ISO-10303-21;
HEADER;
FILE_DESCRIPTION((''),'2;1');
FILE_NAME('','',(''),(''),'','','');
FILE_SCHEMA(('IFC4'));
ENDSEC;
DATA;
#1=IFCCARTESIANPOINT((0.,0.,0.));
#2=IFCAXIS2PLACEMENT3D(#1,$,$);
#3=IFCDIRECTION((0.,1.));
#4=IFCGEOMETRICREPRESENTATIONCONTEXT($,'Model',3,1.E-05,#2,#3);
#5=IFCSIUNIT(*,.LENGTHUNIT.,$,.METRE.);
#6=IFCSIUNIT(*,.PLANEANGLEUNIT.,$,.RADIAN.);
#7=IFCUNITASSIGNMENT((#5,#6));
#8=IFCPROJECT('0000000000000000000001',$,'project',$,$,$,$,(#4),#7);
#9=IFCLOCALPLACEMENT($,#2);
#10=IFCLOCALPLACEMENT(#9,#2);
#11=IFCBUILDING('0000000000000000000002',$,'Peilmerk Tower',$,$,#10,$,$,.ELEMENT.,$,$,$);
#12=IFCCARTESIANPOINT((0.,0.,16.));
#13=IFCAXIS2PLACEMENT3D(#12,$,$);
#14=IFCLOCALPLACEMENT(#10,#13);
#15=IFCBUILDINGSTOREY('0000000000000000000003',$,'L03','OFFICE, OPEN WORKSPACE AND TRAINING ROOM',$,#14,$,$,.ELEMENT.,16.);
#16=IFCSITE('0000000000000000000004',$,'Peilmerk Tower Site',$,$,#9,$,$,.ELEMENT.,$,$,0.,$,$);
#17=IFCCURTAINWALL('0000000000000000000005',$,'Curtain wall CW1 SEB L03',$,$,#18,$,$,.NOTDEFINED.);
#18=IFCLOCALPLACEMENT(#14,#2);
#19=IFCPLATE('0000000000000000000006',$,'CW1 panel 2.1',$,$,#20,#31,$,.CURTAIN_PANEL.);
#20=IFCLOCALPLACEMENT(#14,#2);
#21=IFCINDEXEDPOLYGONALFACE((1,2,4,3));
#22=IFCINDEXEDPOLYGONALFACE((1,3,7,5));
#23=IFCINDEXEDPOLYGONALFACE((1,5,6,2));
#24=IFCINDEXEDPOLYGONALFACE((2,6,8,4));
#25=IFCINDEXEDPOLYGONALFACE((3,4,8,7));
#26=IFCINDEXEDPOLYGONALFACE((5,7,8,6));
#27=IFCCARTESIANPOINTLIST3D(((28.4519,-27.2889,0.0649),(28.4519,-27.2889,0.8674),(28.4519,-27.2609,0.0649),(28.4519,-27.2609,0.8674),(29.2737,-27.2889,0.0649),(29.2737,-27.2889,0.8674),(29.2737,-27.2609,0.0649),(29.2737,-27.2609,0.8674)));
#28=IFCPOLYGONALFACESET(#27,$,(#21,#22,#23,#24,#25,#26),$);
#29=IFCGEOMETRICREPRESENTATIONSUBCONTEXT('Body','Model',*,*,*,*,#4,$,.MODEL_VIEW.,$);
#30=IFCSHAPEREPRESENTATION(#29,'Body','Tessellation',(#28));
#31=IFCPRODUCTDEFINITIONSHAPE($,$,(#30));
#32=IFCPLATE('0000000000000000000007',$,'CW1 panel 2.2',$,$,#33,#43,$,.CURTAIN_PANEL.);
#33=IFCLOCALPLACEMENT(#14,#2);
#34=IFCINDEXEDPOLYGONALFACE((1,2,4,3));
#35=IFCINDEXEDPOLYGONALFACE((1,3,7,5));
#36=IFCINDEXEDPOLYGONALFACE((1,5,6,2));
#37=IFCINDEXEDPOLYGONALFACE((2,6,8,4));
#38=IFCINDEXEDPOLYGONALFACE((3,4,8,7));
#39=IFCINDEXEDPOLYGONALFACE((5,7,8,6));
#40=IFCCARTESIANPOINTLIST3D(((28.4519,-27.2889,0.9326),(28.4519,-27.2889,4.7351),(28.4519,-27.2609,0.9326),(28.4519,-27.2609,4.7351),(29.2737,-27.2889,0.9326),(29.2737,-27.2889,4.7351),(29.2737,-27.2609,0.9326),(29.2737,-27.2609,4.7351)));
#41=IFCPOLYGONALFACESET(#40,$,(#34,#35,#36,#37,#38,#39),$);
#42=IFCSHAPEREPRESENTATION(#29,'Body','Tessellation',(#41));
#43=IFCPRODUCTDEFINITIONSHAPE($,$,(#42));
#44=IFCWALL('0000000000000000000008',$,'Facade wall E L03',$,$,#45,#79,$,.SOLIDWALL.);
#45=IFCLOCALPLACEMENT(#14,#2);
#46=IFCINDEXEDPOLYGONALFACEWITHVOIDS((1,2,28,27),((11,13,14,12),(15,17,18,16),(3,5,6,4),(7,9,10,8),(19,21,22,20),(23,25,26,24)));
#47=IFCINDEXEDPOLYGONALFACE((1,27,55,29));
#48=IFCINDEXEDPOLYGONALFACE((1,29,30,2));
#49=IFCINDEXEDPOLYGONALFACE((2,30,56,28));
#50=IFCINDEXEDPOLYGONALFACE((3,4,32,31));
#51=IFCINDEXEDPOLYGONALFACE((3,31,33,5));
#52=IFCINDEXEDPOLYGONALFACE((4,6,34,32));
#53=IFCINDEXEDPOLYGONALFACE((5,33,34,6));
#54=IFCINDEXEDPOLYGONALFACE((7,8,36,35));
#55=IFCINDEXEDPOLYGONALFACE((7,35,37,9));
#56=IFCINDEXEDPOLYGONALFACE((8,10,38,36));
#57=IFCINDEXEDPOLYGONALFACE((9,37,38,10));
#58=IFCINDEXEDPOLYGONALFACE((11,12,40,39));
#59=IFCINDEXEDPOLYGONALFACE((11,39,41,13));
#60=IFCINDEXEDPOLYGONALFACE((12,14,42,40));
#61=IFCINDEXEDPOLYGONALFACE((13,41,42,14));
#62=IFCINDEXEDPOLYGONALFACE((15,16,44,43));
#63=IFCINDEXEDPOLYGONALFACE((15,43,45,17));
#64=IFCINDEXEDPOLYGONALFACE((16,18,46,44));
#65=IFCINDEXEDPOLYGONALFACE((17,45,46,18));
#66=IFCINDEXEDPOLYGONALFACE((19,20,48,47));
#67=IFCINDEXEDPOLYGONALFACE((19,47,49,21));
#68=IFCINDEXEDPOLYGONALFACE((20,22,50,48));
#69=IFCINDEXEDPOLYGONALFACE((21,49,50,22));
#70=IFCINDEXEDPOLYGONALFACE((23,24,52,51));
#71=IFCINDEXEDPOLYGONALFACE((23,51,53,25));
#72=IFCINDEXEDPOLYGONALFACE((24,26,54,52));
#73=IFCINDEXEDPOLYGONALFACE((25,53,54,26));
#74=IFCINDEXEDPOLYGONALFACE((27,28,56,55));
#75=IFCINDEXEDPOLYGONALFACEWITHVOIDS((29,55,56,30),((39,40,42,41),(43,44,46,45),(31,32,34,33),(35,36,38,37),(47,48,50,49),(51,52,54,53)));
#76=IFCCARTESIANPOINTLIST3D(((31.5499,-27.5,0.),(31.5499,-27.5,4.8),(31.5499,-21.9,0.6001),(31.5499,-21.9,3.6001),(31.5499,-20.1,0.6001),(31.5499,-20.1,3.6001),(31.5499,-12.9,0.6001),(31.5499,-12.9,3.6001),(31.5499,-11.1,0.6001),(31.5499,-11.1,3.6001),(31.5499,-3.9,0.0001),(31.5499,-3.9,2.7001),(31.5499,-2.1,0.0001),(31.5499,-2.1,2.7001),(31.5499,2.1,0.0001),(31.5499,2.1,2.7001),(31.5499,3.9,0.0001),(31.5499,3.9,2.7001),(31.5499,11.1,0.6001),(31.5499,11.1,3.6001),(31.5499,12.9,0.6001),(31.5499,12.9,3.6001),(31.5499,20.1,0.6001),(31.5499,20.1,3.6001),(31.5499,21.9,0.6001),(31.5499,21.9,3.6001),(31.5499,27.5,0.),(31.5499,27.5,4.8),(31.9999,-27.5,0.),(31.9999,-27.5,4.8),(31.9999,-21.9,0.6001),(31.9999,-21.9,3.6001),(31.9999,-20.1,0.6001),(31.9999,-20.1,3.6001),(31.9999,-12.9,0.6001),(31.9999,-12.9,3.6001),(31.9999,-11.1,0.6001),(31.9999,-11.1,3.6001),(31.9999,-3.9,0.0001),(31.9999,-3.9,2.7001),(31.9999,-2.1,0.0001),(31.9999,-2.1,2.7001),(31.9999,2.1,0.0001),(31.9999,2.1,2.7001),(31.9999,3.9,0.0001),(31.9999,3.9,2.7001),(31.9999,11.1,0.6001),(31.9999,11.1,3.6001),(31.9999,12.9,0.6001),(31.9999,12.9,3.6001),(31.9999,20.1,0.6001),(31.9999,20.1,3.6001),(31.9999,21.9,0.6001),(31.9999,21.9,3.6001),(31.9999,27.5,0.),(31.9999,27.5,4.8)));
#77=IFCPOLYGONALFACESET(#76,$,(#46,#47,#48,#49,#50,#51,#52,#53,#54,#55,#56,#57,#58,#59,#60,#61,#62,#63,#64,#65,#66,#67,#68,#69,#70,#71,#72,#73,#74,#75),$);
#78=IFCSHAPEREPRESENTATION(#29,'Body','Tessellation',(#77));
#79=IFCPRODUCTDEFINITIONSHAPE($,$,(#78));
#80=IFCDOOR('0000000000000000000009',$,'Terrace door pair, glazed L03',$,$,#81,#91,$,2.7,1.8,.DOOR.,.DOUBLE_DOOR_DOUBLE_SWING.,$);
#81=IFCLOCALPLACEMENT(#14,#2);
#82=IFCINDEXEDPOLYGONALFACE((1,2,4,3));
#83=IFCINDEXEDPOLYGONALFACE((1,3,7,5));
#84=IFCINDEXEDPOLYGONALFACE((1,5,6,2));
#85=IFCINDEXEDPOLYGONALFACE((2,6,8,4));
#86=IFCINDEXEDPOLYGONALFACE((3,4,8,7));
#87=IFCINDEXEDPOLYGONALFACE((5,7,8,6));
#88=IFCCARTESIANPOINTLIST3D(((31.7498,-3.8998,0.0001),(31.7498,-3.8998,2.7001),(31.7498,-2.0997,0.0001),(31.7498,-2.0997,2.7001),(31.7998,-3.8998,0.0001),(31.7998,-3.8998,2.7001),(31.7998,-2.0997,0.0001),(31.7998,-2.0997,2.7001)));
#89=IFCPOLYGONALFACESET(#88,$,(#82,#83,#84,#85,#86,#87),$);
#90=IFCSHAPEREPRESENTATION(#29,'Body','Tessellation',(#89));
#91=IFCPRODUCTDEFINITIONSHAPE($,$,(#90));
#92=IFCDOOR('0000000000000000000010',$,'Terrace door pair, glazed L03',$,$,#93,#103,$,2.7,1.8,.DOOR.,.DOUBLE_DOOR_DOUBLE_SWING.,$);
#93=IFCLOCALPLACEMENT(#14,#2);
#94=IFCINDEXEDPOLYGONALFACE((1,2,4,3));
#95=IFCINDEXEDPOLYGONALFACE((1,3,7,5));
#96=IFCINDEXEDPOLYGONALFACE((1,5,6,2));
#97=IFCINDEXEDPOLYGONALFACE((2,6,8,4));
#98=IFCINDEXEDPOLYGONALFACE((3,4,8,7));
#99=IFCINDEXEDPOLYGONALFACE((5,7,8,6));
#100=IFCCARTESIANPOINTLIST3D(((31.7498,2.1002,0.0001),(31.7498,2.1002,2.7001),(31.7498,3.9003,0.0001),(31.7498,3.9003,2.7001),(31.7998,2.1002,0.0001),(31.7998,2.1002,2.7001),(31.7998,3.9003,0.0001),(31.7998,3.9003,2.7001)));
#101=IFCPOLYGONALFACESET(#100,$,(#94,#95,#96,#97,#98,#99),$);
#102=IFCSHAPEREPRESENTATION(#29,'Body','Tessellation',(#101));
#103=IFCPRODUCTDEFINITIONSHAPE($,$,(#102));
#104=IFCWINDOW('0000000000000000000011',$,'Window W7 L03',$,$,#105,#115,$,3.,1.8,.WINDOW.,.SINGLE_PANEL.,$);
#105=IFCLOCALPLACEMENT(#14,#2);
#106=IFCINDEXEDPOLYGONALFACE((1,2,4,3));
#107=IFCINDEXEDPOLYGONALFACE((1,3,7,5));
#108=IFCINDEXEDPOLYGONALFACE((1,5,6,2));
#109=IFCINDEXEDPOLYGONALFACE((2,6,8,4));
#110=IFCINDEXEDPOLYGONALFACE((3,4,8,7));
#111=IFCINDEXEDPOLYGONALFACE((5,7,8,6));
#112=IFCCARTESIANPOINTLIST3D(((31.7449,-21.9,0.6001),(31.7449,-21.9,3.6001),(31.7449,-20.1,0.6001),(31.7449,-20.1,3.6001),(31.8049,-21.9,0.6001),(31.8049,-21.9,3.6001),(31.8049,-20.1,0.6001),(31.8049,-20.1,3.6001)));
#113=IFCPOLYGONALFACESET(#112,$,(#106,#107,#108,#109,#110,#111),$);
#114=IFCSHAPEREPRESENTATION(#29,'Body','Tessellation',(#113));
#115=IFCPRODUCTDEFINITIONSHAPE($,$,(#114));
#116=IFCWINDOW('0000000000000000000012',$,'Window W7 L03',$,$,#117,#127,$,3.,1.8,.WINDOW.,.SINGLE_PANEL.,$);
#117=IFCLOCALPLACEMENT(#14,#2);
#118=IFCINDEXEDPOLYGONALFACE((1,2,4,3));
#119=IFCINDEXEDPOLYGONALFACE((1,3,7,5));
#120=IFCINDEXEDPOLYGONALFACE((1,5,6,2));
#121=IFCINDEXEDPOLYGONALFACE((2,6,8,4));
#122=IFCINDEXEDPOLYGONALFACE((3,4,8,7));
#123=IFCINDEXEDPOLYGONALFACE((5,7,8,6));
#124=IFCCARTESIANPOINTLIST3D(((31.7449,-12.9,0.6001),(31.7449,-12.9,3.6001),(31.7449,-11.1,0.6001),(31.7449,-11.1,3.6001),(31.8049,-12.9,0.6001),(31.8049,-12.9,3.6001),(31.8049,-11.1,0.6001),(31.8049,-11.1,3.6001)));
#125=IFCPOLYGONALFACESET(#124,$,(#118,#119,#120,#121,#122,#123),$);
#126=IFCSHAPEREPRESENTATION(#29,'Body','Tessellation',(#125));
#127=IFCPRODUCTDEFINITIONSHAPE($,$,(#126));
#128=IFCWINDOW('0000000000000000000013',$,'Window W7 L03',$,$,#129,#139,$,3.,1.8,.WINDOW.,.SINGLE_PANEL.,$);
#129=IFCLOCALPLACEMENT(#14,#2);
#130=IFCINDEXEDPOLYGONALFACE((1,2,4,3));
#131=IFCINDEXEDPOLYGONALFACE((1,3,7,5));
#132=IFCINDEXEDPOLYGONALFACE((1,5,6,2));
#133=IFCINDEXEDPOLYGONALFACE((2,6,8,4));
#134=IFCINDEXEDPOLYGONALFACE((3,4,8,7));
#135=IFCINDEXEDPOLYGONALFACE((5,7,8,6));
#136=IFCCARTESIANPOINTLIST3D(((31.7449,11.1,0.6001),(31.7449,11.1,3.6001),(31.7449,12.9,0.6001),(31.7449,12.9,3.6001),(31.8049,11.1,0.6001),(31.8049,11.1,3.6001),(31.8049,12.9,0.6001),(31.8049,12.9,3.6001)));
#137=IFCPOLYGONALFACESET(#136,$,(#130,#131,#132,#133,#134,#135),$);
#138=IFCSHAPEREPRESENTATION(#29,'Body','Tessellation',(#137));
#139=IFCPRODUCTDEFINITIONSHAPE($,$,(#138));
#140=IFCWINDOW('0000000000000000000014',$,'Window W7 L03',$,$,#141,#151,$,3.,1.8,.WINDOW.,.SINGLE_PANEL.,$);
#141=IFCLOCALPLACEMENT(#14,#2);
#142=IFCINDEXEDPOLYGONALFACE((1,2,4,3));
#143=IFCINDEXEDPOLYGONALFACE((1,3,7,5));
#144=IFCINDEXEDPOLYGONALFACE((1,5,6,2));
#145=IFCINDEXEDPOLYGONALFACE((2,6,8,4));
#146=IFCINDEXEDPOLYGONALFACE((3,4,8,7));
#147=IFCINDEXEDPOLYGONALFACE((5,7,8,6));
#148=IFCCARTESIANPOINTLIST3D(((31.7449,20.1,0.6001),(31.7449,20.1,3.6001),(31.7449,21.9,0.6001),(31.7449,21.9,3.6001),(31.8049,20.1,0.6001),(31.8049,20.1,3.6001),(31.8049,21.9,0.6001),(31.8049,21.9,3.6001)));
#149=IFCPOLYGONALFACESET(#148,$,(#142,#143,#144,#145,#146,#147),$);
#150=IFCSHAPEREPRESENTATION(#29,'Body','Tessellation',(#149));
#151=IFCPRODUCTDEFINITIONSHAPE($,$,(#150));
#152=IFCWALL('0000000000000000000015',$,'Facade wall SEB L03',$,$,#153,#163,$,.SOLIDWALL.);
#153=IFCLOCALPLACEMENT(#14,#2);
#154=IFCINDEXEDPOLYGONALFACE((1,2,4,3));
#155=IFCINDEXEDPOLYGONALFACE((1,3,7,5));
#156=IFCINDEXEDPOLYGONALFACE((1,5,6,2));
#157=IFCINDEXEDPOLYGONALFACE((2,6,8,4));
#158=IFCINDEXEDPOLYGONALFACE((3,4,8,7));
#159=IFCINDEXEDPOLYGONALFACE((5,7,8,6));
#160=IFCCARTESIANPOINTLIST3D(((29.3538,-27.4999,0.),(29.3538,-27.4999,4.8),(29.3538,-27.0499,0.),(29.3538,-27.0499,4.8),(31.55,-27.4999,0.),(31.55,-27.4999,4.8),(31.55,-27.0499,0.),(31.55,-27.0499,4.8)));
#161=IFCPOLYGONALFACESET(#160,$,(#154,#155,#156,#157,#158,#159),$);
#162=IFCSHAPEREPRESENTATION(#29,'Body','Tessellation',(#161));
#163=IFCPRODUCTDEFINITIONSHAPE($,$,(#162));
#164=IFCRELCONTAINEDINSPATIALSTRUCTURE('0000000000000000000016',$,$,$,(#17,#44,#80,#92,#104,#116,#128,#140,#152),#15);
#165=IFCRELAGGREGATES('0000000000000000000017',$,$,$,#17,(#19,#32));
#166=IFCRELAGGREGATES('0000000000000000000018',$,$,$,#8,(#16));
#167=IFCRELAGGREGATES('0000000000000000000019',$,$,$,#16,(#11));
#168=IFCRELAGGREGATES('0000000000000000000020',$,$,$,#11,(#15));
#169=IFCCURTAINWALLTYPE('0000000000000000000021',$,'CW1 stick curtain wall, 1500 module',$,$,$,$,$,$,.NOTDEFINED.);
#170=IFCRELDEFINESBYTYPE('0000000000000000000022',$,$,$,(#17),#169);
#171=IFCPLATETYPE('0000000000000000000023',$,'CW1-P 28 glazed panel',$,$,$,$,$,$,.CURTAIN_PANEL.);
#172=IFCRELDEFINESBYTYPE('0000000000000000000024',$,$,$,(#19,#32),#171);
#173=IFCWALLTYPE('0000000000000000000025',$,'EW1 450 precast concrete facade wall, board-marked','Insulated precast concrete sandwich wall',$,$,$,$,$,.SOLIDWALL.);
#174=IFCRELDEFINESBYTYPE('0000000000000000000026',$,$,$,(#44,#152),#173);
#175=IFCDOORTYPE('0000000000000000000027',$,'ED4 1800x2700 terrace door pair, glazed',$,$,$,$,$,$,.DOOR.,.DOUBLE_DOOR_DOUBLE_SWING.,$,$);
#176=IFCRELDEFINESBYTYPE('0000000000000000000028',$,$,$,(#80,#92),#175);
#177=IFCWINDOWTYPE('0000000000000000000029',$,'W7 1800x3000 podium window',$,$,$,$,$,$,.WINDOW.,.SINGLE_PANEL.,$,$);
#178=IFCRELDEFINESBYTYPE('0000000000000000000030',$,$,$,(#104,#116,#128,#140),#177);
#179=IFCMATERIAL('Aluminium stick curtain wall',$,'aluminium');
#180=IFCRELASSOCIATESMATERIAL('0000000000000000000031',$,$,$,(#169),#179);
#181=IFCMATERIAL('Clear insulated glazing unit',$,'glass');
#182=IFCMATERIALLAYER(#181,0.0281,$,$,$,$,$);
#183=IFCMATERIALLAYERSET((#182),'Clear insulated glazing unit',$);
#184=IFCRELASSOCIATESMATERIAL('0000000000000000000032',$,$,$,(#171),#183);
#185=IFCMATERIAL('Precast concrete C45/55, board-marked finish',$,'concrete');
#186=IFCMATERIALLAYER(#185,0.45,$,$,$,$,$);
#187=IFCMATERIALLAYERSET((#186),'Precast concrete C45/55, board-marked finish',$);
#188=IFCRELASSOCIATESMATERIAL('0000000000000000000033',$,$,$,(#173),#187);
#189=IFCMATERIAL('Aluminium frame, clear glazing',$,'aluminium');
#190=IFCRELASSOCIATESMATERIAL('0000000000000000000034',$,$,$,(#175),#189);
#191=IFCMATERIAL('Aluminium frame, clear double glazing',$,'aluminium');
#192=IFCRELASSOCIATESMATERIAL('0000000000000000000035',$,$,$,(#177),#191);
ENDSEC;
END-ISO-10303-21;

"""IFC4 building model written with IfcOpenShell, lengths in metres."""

from ifc_helpers import new_model, si_unit, direction, frame, frame_2d, origin, origin_2d, place, context, subcontext, project, spatial, rectangle, extrude, material, layer, layer_set, type_object, element, fill, aggregate, save


model = new_model("IFC4")

# Units and contexts
model_context = context("Model", 3, precision=1e-05, world=origin(), true_north=direction((0.0, 1.0)))
body_context = subcontext(model_context, "Body", "Model", "MODEL_VIEW")
ifc_project = project(units=[si_unit("LENGTHUNIT", "METRE"), si_unit("PLANEANGLEUNIT", "RADIAN")], contexts=[model_context])

# Site, building, storey
site_placement = place(None, origin())
site = spatial("IfcSite", under=ifc_project, at=site_placement, Name="Peilmerk Tower Site", CompositionType="ELEMENT", RefElevation=0.0)
building_placement = place(site_placement, origin())
building = spatial("IfcBuilding", under=site, at=building_placement, Name="Peilmerk Tower", CompositionType="ELEMENT")
storey_placement = place(building_placement, frame((0.0, 0.0, 16.0)))
storey = spatial("IfcBuildingStorey", under=building, at=storey_placement, Name="L03", Description="OFFICE, OPEN WORKSPACE AND TRAINING ROOM", CompositionType="ELEMENT", Elevation=16.0)

# Curtain wall, plates
ifc_material_1 = material(Name="Aluminium stick curtain wall", Category="aluminium")
curtain_wall_type = type_object("IfcCurtainWallType", Name="CW1 stick curtain wall, 1500 module", PredefinedType="NOTDEFINED", material=ifc_material_1)
curtain_wall_placement = place(storey_placement, origin())
curtain_wall = element("IfcCurtainWall", 1, at=curtain_wall_placement, inside=storey, type_object=curtain_wall_type, Name="Curtain wall CW1 SEB L03", PredefinedType="NOTDEFINED")
ifc_material_2 = material(Name="Clear insulated glazing unit", Category="glass")
ifc_layer_1 = layer(ifc_material_2, 0.0281)
ifc_layer_set_1 = layer_set([ifc_layer_1], Name="Clear insulated glazing unit")
plate_type = type_object("IfcPlateType", Name="CW1-P 28 glazed panel", PredefinedType="CURTAIN_PANEL", material=ifc_layer_set_1)
plate_1_placement = place(storey_placement, frame((28.8628, -27.2749, 0.0649), z_axis=(0.0, 0.0, 1.0), x_axis=(1.0, 0.0, 0.0)))
plate_1 = element("IfcPlate", 2, at=plate_1_placement, type_object=plate_type, Name="CW1 panel 2.1", PredefinedType="CURTAIN_PANEL", context=body_context, shape_type="SweptSolid", body=[
    extrude(rectangle(XDim=0.8218, YDim=0.0281, at=origin_2d()), origin(), (0.0, 0.0, 1.0), 0.8025),
])
plate_2_placement = place(storey_placement, frame((28.8628, -27.2749, 0.9326), z_axis=(0.0, 0.0, 1.0), x_axis=(1.0, 0.0, 0.0)))
plate_2 = element("IfcPlate", 3, at=plate_2_placement, type_object=plate_type, Name="CW1 panel 2.2", PredefinedType="CURTAIN_PANEL", context=body_context, shape_type="SweptSolid", body=[
    extrude(rectangle(XDim=0.8218, YDim=0.0281, at=origin_2d()), origin(), (0.0, 0.0, 1.0), 3.8025),
])
aggregate(curtain_wall, [plate_1, plate_2])

# Wall, openings, doors, windows
ifc_material_3 = material(Name="Precast concrete C45/55, board-marked finish", Category="concrete")
ifc_layer_2 = layer(ifc_material_3, 0.45)
ifc_layer_set_2 = layer_set([ifc_layer_2], Name="Precast concrete C45/55, board-marked finish")
wall_type = type_object("IfcWallType", Name="EW1 450 precast concrete facade wall, board-marked", Description="Insulated precast concrete sandwich wall", PredefinedType="SOLIDWALL", material=ifc_layer_set_2)
wall_1_placement = place(storey_placement, frame((31.7749, -27.5, 0.0), z_axis=(0.0, 0.0, 1.0), x_axis=(0.0, 1.0, 0.0)))
wall_1 = element("IfcWall", 4, at=wall_1_placement, inside=storey, type_object=wall_type, Name="Facade wall E L03", PredefinedType="SOLIDWALL", context=body_context, shape_type="SweptSolid", body=[
    extrude(rectangle(XDim=55.0, YDim=0.45, at=frame_2d((27.5, 0.0))), origin(), (0.0, 0.0, 1.0), 4.8),
])
opening_1_placement = place(wall_1_placement, frame((5.6001, 0.0, 0.6001)))
opening_1 = element("IfcOpeningElement", 5, at=opening_1_placement, cuts=wall_1, PredefinedType="OPENING", context=body_context, shape_type="SweptSolid", body=[
    extrude(rectangle(XDim=1.8, YDim=3.0, at=frame_2d((0.8999, 1.5))), frame((0.0, 0.2349, 0.0), z_axis=(0.0, -1.0, 0.0), x_axis=(1.0, 0.0, 0.0)), (0.0, 0.0, 1.0), 0.47),
])
opening_2_placement = place(wall_1_placement, frame((14.6001, 0.0, 0.6001)))
opening_2 = element("IfcOpeningElement", 6, at=opening_2_placement, cuts=wall_1, PredefinedType="OPENING", context=body_context, shape_type="SweptSolid", body=[
    extrude(rectangle(XDim=1.8, YDim=3.0, at=frame_2d((0.8999, 1.5))), frame((0.0, 0.2349, 0.0), z_axis=(0.0, -1.0, 0.0), x_axis=(1.0, 0.0, 0.0)), (0.0, 0.0, 1.0), 0.47),
])
opening_3_placement = place(wall_1_placement, frame((38.6001, 0.0, 0.6001)))
opening_3 = element("IfcOpeningElement", 7, at=opening_3_placement, cuts=wall_1, PredefinedType="OPENING", context=body_context, shape_type="SweptSolid", body=[
    extrude(rectangle(XDim=1.8, YDim=3.0, at=frame_2d((0.8999, 1.5))), frame((0.0, 0.2349, 0.0), z_axis=(0.0, -1.0, 0.0), x_axis=(1.0, 0.0, 0.0)), (0.0, 0.0, 1.0), 0.47),
])
opening_4_placement = place(wall_1_placement, frame((47.6001, 0.0, 0.6001)))
opening_4 = element("IfcOpeningElement", 8, at=opening_4_placement, cuts=wall_1, PredefinedType="OPENING", context=body_context, shape_type="SweptSolid", body=[
    extrude(rectangle(XDim=1.8, YDim=3.0, at=frame_2d((0.8999, 1.5))), frame((0.0, 0.2349, 0.0), z_axis=(0.0, -1.0, 0.0), x_axis=(1.0, 0.0, 0.0)), (0.0, 0.0, 1.0), 0.47),
])
opening_5_placement = place(wall_1_placement, frame((23.6001, 0.0, 0.0)))
opening_5 = element("IfcOpeningElement", 9, at=opening_5_placement, cuts=wall_1, PredefinedType="OPENING", context=body_context, shape_type="SweptSolid", body=[
    extrude(rectangle(XDim=1.8, YDim=2.7, at=frame_2d((0.8999, 1.3501))), frame((0.0, 0.2349, 0.0), z_axis=(0.0, -1.0, 0.0), x_axis=(1.0, 0.0, 0.0)), (0.0, 0.0, 1.0), 0.47),
])
opening_6_placement = place(wall_1_placement, frame((29.6001, 0.0, 0.0)))
opening_6 = element("IfcOpeningElement", 10, at=opening_6_placement, cuts=wall_1, PredefinedType="OPENING", context=body_context, shape_type="SweptSolid", body=[
    extrude(rectangle(XDim=1.8, YDim=2.7, at=frame_2d((0.8999, 1.3501))), frame((0.0, 0.2349, 0.0), z_axis=(0.0, -1.0, 0.0), x_axis=(1.0, 0.0, 0.0)), (0.0, 0.0, 1.0), 0.47),
])
ifc_material_4 = material(Name="Aluminium frame, clear glazing", Category="aluminium")
door_type = type_object("IfcDoorType", Name="ED4 1800x2700 terrace door pair, glazed", OperationType="DOUBLE_DOOR_DOUBLE_SWING", PredefinedType="DOOR", material=ifc_material_4)
door_1_placement = place(opening_5_placement, frame((1.8, 0.0, 0.0), z_axis=(0.0, 0.0, 1.0), x_axis=(-1.0, 0.0, 0.0)))
door_1 = element("IfcDoor", 11, at=door_1_placement, inside=storey, type_object=door_type, Name="Terrace door pair, glazed L03", OperationType="DOUBLE_DOOR_DOUBLE_SWING", OverallHeight=2.7, OverallWidth=1.8, PredefinedType="DOOR", context=body_context, shape_type="SweptSolid", body=[
    extrude(rectangle(XDim=1.8, YDim=2.7, at=frame_2d((0.8999, 1.3501))), frame((0.0, 0.0249, 0.0), z_axis=(0.0, -1.0, 0.0), x_axis=(1.0, 0.0, 0.0)), (0.0, 0.0, 1.0), 0.05),
])
fill(opening_5, door_1)
door_2_placement = place(opening_6_placement, frame((1.8, 0.0, 0.0), z_axis=(0.0, 0.0, 1.0), x_axis=(-1.0, 0.0, 0.0)))
door_2 = element("IfcDoor", 12, at=door_2_placement, inside=storey, type_object=door_type, Name="Terrace door pair, glazed L03", OperationType="DOUBLE_DOOR_DOUBLE_SWING", OverallHeight=2.7, OverallWidth=1.8, PredefinedType="DOOR", context=body_context, shape_type="SweptSolid", body=[
    extrude(rectangle(XDim=1.8, YDim=2.7, at=frame_2d((0.8999, 1.3501))), frame((0.0, 0.0249, 0.0), z_axis=(0.0, -1.0, 0.0), x_axis=(1.0, 0.0, 0.0)), (0.0, 0.0, 1.0), 0.05),
])
fill(opening_6, door_2)
ifc_material_5 = material(Name="Aluminium frame, clear double glazing", Category="aluminium")
window_type = type_object("IfcWindowType", Name="W7 1800x3000 podium window", PartitioningType="SINGLE_PANEL", PredefinedType="WINDOW", material=ifc_material_5)
window_1_placement = place(opening_1_placement, origin())
window_1 = element("IfcWindow", 13, at=window_1_placement, inside=storey, type_object=window_type, Name="Window W7 L03", OverallHeight=3.0, OverallWidth=1.8, PartitioningType="SINGLE_PANEL", PredefinedType="WINDOW", context=body_context, shape_type="SweptSolid", body=[
    extrude(rectangle(XDim=1.8, YDim=3.0, at=frame_2d((0.8999, 1.5))), frame((0.0, 0.03, 0.0), z_axis=(0.0, -1.0, 0.0), x_axis=(1.0, 0.0, 0.0)), (0.0, 0.0, 1.0), 0.0601),
])
fill(opening_1, window_1)
window_2_placement = place(opening_2_placement, origin())
window_2 = element("IfcWindow", 14, at=window_2_placement, inside=storey, type_object=window_type, Name="Window W7 L03", OverallHeight=3.0, OverallWidth=1.8, PartitioningType="SINGLE_PANEL", PredefinedType="WINDOW", context=body_context, shape_type="SweptSolid", body=[
    extrude(rectangle(XDim=1.8, YDim=3.0, at=frame_2d((0.8999, 1.5))), frame((0.0, 0.03, 0.0), z_axis=(0.0, -1.0, 0.0), x_axis=(1.0, 0.0, 0.0)), (0.0, 0.0, 1.0), 0.0601),
])
fill(opening_2, window_2)
window_3_placement = place(opening_3_placement, origin())
window_3 = element("IfcWindow", 15, at=window_3_placement, inside=storey, type_object=window_type, Name="Window W7 L03", OverallHeight=3.0, OverallWidth=1.8, PartitioningType="SINGLE_PANEL", PredefinedType="WINDOW", context=body_context, shape_type="SweptSolid", body=[
    extrude(rectangle(XDim=1.8, YDim=3.0, at=frame_2d((0.8999, 1.5))), frame((0.0, 0.03, 0.0), z_axis=(0.0, -1.0, 0.0), x_axis=(1.0, 0.0, 0.0)), (0.0, 0.0, 1.0), 0.0601),
])
fill(opening_3, window_3)
window_4_placement = place(opening_4_placement, origin())
window_4 = element("IfcWindow", 16, at=window_4_placement, inside=storey, type_object=window_type, Name="Window W7 L03", OverallHeight=3.0, OverallWidth=1.8, PartitioningType="SINGLE_PANEL", PredefinedType="WINDOW", context=body_context, shape_type="SweptSolid", body=[
    extrude(rectangle(XDim=1.8, YDim=3.0, at=frame_2d((0.8999, 1.5))), frame((0.0, 0.03, 0.0), z_axis=(0.0, -1.0, 0.0), x_axis=(1.0, 0.0, 0.0)), (0.0, 0.0, 1.0), 0.0601),
])
fill(opening_4, window_4)

# Wall
wall_2_placement = place(storey_placement, frame((29.3538, -27.2749, 0.0), z_axis=(0.0, 0.0, 1.0), x_axis=(1.0, 0.0, 0.0)))
element("IfcWall", 17, at=wall_2_placement, inside=storey, type_object=wall_type, Name="Facade wall SEB L03", PredefinedType="SOLIDWALL", context=body_context, shape_type="SweptSolid", body=[
    extrude(rectangle(XDim=2.1963, YDim=0.45, at=frame_2d((1.0981, 0.0))), origin(), (0.0, 0.0, 1.0), 4.8),
])

save(model, "model.ifc")
